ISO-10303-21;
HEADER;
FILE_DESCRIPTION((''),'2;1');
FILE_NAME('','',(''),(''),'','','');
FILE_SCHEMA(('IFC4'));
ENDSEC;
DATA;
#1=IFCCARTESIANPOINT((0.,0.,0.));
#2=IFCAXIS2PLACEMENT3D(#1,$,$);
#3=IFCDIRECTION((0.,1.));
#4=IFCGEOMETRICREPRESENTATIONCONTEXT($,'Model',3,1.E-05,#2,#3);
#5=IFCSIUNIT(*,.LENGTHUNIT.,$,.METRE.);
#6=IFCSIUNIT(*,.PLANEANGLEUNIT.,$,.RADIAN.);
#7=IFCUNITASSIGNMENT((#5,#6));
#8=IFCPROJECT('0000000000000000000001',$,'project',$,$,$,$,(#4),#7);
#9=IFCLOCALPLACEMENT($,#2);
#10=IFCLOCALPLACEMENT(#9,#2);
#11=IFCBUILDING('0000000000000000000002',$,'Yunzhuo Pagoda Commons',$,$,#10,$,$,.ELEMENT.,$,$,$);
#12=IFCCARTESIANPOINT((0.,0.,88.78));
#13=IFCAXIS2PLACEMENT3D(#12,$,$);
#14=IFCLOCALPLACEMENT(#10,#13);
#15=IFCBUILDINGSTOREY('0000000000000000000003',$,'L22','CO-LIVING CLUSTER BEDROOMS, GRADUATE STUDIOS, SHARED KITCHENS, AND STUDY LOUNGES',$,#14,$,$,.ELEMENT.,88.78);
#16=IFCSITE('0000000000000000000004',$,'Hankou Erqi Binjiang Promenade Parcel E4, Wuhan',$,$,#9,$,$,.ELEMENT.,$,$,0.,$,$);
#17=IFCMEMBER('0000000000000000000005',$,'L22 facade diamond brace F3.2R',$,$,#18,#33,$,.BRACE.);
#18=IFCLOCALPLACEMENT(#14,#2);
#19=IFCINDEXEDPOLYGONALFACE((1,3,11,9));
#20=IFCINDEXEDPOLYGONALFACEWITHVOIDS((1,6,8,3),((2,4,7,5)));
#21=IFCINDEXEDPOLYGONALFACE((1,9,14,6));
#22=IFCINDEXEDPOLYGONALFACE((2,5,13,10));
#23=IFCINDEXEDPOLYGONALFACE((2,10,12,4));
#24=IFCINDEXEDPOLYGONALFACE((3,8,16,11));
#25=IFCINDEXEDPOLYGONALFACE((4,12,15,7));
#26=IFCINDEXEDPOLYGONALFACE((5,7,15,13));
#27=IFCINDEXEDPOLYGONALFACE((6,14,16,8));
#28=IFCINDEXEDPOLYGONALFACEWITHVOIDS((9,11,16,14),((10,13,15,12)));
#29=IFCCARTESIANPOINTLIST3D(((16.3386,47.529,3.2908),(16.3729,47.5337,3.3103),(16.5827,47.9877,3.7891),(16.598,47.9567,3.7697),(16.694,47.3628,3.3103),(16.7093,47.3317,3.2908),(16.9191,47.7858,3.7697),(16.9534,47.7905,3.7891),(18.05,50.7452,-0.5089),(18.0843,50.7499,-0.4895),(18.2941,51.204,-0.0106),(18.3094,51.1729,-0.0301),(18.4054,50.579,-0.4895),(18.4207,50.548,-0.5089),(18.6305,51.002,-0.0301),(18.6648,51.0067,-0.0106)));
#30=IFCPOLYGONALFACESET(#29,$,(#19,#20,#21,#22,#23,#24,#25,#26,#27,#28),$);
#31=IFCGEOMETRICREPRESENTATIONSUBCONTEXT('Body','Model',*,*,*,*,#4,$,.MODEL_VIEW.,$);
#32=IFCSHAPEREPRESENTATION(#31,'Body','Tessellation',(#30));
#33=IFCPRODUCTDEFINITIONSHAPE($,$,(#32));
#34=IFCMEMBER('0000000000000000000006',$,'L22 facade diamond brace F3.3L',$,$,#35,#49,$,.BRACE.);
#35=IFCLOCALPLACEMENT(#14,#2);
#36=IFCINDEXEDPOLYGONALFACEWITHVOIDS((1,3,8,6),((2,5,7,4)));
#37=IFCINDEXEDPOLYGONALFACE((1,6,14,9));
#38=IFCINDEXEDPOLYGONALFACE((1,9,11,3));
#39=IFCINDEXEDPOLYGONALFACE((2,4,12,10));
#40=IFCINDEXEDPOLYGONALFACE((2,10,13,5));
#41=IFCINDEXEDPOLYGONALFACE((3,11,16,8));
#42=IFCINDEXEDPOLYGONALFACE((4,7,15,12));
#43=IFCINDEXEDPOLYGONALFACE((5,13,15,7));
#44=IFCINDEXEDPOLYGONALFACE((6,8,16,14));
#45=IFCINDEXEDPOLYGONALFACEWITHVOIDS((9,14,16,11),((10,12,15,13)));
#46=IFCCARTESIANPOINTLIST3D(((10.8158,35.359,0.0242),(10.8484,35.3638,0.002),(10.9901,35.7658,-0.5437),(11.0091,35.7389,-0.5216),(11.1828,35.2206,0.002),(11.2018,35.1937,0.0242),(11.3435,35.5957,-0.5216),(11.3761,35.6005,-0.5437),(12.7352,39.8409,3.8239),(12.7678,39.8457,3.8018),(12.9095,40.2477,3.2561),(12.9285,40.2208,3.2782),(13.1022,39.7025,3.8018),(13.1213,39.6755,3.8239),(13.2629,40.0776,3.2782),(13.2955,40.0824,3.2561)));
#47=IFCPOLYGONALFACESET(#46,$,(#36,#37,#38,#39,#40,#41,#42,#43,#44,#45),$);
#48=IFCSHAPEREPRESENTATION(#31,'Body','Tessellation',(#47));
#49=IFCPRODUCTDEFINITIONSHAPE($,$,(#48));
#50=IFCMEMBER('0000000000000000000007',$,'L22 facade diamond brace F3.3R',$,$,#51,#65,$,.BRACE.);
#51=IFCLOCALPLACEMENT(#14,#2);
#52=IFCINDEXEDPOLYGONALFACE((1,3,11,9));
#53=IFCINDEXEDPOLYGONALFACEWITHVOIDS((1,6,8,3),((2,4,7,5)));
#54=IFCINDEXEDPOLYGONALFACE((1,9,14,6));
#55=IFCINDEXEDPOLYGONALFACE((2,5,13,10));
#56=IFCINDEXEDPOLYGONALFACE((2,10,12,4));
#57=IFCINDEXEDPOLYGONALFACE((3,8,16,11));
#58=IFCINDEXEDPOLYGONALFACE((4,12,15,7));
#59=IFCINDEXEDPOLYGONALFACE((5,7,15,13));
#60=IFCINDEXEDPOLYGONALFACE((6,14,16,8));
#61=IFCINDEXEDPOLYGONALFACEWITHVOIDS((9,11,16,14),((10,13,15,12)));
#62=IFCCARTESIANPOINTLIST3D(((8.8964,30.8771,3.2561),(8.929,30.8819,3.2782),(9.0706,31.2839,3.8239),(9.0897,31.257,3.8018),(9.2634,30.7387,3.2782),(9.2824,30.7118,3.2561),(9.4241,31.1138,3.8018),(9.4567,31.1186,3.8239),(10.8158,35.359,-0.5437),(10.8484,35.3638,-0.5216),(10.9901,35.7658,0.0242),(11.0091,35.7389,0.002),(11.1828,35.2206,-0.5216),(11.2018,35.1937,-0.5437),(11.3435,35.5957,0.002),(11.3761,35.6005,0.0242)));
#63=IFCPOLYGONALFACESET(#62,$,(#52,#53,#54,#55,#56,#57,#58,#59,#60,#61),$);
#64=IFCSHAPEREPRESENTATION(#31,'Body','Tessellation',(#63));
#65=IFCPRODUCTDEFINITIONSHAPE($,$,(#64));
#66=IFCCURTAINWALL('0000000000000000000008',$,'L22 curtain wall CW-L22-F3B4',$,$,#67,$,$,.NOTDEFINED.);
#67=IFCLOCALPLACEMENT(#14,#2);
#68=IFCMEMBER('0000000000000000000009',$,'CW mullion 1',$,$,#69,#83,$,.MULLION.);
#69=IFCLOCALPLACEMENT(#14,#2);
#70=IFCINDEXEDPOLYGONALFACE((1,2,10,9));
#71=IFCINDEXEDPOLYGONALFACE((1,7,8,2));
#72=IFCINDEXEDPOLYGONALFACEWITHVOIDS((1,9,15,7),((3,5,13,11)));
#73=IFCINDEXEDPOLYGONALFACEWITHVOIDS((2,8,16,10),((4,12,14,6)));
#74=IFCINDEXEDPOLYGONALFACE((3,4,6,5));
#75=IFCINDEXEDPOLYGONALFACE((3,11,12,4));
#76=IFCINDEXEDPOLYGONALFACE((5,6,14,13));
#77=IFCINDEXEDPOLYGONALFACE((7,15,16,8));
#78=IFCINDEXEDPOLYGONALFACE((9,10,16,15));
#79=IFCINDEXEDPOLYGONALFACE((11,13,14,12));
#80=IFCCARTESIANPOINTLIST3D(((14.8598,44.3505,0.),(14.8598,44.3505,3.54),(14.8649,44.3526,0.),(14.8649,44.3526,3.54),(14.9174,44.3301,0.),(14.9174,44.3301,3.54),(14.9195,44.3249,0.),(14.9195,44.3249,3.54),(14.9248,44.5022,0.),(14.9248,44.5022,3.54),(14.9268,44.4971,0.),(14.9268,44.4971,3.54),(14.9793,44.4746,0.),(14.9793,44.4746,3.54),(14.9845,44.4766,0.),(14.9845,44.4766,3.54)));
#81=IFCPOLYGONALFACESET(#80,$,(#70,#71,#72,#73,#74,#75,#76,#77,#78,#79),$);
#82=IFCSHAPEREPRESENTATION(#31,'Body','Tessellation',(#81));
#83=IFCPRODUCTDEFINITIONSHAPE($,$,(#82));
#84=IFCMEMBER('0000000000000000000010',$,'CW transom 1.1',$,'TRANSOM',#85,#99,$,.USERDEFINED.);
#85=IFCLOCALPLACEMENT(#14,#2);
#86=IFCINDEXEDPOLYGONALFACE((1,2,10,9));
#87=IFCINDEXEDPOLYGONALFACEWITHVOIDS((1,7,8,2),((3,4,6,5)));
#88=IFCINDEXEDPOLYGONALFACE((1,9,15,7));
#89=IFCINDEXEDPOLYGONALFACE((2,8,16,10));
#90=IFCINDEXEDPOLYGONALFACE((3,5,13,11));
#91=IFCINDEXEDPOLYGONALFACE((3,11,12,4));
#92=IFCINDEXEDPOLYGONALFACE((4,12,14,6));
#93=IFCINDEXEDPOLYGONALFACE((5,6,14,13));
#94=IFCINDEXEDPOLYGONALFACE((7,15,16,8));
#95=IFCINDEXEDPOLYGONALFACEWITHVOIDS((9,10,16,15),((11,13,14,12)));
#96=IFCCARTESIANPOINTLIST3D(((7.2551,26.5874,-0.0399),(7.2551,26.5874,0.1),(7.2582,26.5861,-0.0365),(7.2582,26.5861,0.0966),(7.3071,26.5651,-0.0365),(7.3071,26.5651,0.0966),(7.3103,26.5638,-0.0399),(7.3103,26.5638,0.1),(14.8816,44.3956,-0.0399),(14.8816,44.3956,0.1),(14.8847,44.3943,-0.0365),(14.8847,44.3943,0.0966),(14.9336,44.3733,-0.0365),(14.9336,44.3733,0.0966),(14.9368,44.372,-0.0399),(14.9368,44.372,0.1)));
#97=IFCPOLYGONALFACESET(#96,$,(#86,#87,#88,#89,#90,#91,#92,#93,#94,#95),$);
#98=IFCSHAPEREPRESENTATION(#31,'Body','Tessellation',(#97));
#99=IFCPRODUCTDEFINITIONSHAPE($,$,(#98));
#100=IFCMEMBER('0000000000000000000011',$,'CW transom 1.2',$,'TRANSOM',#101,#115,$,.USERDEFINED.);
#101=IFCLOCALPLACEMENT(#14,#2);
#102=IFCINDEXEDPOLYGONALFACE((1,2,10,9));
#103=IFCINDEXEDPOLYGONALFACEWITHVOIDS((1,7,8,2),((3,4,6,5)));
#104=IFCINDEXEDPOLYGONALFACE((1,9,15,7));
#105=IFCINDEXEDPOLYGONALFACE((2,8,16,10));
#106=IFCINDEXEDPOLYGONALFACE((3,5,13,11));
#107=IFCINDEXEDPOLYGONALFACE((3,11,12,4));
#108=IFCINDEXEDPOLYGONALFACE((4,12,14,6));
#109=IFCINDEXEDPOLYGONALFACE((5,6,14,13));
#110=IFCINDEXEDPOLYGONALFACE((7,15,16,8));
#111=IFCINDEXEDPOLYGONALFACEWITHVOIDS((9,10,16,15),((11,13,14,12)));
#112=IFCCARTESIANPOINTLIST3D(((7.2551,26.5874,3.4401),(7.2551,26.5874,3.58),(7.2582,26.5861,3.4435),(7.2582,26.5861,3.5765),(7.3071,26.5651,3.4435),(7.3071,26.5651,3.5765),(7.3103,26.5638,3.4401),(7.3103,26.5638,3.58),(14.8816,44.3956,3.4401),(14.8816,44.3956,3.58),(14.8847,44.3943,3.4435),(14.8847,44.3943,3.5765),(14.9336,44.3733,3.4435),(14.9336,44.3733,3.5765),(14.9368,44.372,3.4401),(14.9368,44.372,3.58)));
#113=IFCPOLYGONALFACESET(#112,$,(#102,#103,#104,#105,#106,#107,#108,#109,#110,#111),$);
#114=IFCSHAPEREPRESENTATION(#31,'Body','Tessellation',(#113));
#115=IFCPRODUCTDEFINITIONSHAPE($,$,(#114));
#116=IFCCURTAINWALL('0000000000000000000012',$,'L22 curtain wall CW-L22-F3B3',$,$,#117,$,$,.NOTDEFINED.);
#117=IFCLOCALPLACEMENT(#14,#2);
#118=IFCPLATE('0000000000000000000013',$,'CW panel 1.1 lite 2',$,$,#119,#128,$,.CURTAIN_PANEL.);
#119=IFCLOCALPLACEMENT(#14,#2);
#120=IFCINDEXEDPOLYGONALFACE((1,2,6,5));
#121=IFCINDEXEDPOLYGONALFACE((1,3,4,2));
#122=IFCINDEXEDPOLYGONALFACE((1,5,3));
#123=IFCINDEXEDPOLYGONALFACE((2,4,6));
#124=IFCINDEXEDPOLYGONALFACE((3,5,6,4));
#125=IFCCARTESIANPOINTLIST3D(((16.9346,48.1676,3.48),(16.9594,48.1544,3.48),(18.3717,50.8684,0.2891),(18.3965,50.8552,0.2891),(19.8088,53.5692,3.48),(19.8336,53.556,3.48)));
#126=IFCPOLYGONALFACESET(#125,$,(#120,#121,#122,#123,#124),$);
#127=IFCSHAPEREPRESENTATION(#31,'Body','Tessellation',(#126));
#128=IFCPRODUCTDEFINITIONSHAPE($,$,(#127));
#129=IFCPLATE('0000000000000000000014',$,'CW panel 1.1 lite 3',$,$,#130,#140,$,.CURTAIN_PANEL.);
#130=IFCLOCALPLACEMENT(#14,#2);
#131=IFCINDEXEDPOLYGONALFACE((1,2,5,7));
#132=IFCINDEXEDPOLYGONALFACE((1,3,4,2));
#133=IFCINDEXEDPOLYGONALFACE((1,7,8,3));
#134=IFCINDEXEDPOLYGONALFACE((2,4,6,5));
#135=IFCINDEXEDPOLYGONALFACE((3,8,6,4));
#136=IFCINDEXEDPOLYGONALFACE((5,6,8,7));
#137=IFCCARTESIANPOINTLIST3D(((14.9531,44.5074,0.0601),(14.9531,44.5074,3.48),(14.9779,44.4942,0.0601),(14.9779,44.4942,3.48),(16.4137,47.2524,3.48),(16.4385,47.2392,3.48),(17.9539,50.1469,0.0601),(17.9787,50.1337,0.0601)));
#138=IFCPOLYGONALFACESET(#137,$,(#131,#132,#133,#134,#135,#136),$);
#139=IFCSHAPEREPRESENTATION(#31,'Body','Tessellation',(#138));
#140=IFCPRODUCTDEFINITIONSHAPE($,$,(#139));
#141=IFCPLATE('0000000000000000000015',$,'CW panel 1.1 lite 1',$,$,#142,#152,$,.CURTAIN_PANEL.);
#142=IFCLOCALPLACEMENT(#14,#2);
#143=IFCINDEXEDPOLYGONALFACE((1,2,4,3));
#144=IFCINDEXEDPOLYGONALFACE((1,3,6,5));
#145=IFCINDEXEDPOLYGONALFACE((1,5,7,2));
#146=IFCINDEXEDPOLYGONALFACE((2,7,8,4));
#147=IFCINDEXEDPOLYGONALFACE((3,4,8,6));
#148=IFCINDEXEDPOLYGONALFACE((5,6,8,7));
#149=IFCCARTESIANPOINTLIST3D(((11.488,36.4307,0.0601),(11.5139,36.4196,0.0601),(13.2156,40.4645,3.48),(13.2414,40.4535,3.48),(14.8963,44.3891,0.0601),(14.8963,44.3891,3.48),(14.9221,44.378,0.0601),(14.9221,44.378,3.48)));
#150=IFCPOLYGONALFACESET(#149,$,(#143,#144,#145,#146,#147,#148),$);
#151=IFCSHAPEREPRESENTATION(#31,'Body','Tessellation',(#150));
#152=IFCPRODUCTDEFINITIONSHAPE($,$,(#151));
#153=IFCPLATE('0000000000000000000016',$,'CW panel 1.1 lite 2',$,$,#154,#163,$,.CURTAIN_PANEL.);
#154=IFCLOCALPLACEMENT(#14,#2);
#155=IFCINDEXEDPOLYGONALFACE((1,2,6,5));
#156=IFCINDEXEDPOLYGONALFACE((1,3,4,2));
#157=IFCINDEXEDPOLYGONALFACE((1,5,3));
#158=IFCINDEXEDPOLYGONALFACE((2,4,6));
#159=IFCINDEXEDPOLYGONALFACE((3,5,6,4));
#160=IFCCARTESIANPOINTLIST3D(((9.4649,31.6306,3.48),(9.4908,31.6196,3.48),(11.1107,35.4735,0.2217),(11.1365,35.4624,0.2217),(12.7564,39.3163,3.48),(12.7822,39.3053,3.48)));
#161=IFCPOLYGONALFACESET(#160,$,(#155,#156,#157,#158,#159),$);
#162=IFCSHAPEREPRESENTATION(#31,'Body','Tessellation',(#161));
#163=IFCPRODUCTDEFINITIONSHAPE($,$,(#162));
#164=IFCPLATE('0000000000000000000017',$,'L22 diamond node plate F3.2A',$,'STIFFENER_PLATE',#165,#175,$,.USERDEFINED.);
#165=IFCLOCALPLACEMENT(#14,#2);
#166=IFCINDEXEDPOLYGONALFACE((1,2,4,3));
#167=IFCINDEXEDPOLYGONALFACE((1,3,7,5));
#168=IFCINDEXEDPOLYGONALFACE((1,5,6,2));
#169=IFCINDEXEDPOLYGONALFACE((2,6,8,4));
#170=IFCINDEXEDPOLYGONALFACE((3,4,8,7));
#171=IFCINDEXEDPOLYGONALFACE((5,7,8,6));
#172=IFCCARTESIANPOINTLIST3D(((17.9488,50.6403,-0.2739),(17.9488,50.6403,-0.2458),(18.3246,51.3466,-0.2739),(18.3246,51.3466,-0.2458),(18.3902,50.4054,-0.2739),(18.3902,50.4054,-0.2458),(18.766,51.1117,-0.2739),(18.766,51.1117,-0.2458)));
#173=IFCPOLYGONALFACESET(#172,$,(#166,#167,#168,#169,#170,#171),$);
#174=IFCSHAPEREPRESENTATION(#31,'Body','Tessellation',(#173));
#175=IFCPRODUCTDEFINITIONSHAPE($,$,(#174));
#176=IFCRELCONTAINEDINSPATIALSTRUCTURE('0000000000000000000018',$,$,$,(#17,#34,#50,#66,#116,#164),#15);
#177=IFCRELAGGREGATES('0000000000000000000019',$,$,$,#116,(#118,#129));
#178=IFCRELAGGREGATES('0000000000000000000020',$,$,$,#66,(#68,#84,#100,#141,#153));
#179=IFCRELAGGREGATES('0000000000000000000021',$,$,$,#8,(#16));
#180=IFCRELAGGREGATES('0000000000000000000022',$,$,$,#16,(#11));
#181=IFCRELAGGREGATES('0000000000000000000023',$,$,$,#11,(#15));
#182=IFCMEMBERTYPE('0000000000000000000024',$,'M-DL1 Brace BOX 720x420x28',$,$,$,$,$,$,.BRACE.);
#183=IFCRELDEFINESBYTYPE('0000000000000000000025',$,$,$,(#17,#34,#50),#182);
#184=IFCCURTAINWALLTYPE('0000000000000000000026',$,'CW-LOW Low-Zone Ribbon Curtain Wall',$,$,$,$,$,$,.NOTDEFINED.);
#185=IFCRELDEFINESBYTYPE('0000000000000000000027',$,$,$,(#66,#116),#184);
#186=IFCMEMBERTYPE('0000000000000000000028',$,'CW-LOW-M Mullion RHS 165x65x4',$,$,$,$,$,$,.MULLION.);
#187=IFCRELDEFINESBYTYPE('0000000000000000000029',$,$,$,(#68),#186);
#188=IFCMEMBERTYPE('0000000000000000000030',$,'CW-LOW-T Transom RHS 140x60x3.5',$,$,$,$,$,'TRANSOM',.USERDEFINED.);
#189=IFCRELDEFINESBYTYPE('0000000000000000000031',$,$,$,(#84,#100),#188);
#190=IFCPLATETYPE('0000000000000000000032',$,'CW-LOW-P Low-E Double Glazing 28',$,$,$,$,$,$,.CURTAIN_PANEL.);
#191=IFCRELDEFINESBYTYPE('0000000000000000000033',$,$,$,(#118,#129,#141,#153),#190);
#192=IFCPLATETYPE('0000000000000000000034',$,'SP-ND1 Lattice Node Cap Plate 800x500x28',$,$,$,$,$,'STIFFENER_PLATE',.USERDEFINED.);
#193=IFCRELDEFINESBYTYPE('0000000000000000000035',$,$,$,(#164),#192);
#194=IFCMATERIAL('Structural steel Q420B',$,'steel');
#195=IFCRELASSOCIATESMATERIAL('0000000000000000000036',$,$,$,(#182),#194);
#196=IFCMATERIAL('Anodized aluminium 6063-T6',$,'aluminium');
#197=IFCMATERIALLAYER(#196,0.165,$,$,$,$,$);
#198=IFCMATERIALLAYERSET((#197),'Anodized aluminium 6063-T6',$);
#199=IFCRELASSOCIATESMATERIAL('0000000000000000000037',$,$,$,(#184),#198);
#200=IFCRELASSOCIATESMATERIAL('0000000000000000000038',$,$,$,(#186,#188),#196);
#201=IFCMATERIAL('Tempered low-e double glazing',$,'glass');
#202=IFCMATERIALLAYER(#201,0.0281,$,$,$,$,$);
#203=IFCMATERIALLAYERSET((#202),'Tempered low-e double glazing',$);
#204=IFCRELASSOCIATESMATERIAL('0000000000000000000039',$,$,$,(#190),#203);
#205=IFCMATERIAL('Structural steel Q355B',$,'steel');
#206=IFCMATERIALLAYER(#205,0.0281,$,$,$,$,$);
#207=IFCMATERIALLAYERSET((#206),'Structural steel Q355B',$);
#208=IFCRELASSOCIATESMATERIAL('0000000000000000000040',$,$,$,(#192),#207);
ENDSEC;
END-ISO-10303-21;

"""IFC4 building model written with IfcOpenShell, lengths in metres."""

from ifc_helpers import new_model, si_unit, direction, frame, origin, origin_2d, place, context, subcontext, project, spatial, polyline, rectangle, hollow_rectangle, outline, extrude, source, transform, mapped, material, layer, layer_set, material_profile, profile_set, type_object, element, aggregate, save


model = new_model("IFC4")

# Units and contexts
model_context = context("Model", 3, precision=1e-05, world=origin(), true_north=direction((0.0, 1.0)))
body_context = subcontext(model_context, "Body", "Model", "MODEL_VIEW")
ifc_project = project(units=[si_unit("LENGTHUNIT", "METRE"), si_unit("PLANEANGLEUNIT", "RADIAN")], contexts=[model_context])

# Site, building, storey
site_placement = place(None, origin())
site = spatial("IfcSite", under=ifc_project, at=site_placement, Name="Hankou Erqi Binjiang Promenade Parcel E4, Wuhan", CompositionType="ELEMENT", RefElevation=0.0)
building_placement = place(site_placement, origin())
building = spatial("IfcBuilding", under=site, at=building_placement, Name="Yunzhuo Pagoda Commons", CompositionType="ELEMENT")
storey_placement = place(building_placement, frame((0.0, 0.0, 88.78)))
storey = spatial("IfcBuildingStorey", under=building, at=storey_placement, Name="L22", Description="CO-LIVING CLUSTER BEDROOMS, GRADUATE STUDIOS, SHARED KITCHENS, AND STUDY LOUNGES", CompositionType="ELEMENT", Elevation=88.78)

# Shared definitions
ifc_material_1 = material(Name="Structural steel Q420B", Category="steel")

# Shared definitions
ifc_material_2 = material(Name="Structural steel Q355B", Category="steel")

# Members
ifc_material_profile_1 = material_profile(ifc_material_1, hollow_rectangle(XDim=0.4199, YDim=0.72, WallThickness=0.0281, at=origin_2d()), Name="Structural steel Q420B")
ifc_profile_set_1 = profile_set([ifc_material_profile_1], Name="Structural steel Q420B")
member_type_1 = type_object("IfcMemberType", Name="M-DL1 Brace BOX 720x420x28", PredefinedType="BRACE", material=ifc_profile_set_1)
shared_shape_1 = source(origin(), body_context, "Body", "SweptSolid", [
    extrude(hollow_rectangle(XDim=0.4199, YDim=0.72, WallThickness=0.0281, at=origin_2d()), origin(), (0.0, 0.0, 1.0), 5.2642),
])
for number, where, z_axis, x_axis, name in (
    (1, (18.3574, 50.876, -0.2598), (-0.325105, -0.610974, 0.721816), (0.882801, -0.469746, 0.0), "L22 facade diamond brace F3.2R"),
):
    element("IfcMember", number, at=place(storey_placement, frame(where, z_axis=z_axis, x_axis=x_axis)), inside=storey, type_object=member_type_1, Name=name, PredefinedType="BRACE", context=body_context, shape_type="MappedRepresentation", body=[
        mapped(shared_shape_1, transform((0.0, 0.0, 0.0), scale=1.0)),
    ])
shared_shape_2 = source(origin(), body_context, "Body", "SweptSolid", [
    extrude(hollow_rectangle(XDim=0.4199, YDim=0.72, WallThickness=0.0281, at=origin_2d()), origin(), (0.0, 0.0, 1.0), 6.1814),
])
for number, where, z_axis, x_axis, name in (
    (2, (11.0959, 35.4797, -0.2598), (0.310515, 0.72506, 0.61471), (-0.919249, 0.393678, 0.0), "L22 facade diamond brace F3.3L"),
    (3, (11.0959, 35.4797, -0.2598), (-0.310515, -0.72506, 0.61471), (0.919249, -0.393678, 0.0), "L22 facade diamond brace F3.3R"),
):
    element("IfcMember", number, at=place(storey_placement, frame(where, z_axis=z_axis, x_axis=x_axis)), inside=storey, type_object=member_type_1, Name=name, PredefinedType="BRACE", context=body_context, shape_type="MappedRepresentation", body=[
        mapped(shared_shape_2, transform((0.0, 0.0, 0.0), scale=1.0)),
    ])

# Curtain wall, members
ifc_material_3 = material(Name="Anodized aluminium 6063-T6", Category="aluminium")
ifc_layer_1 = layer(ifc_material_3, 0.165)
ifc_layer_set_1 = layer_set([ifc_layer_1], Name="Anodized aluminium 6063-T6")
curtain_wall_type = type_object("IfcCurtainWallType", Name="CW-LOW Low-Zone Ribbon Curtain Wall", PredefinedType="NOTDEFINED", material=ifc_layer_set_1)
curtain_wall_1_placement = place(storey_placement, origin())
curtain_wall_1 = element("IfcCurtainWall", 4, at=curtain_wall_1_placement, inside=storey, type_object=curtain_wall_type, Name="L22 curtain wall CW-L22-F3B4", PredefinedType="NOTDEFINED")
ifc_material_profile_2 = material_profile(ifc_material_3, hollow_rectangle(XDim=0.0649, YDim=0.165, WallThickness=0.0039, at=origin_2d()), Name="Anodized aluminium 6063-T6")
ifc_profile_set_2 = profile_set([ifc_material_profile_2], Name="Anodized aluminium 6063-T6")
member_type_2 = type_object("IfcMemberType", Name="CW-LOW-M Mullion RHS 165x65x4", PredefinedType="MULLION", material=ifc_profile_set_2)
shared_shape_3 = source(origin(), body_context, "Body", "SweptSolid", [
    extrude(hollow_rectangle(XDim=0.0649, YDim=0.165, WallThickness=0.0039, at=origin_2d()), origin(), (0.0, 0.0, 1.0), 3.54),
])
member_1_placement = place(storey_placement, frame((14.9221, 44.4136, 0.0), z_axis=(0.0, 0.0, 1.0), x_axis=(0.91925, -0.393674, 0.0)))
member_1 = element("IfcMember", 5, at=member_1_placement, type_object=member_type_2, Name="CW mullion 1", PredefinedType="MULLION", context=body_context, shape_type="MappedRepresentation", body=[
    mapped(shared_shape_3, transform((0.0, 0.0, 0.0), scale=1.0)),
])
ifc_material_profile_3 = material_profile(ifc_material_3, hollow_rectangle(XDim=0.0601, YDim=0.1399, WallThickness=0.0034, at=origin_2d()), Name="Anodized aluminium 6063-T6")
ifc_profile_set_3 = profile_set([ifc_material_profile_3], Name="Anodized aluminium 6063-T6")
member_type_3 = type_object("IfcMemberType", Name="CW-LOW-T Transom RHS 140x60x3.5", ElementType="TRANSOM", PredefinedType="USERDEFINED", material=ifc_profile_set_3)
shared_shape_4 = source(origin(), body_context, "Body", "SweptSolid", [
    extrude(hollow_rectangle(XDim=0.0601, YDim=0.1399, WallThickness=0.0034, at=origin_2d()), origin(), (0.0, 0.0, 1.0), 19.3726),
])
member_2_placement = place(storey_placement, frame((14.9092, 44.3838, 0.03), z_axis=(-0.393676, -0.919249, 0.0), x_axis=(0.919249, -0.393676, 0.0)))
member_2 = element("IfcMember", 6, at=member_2_placement, type_object=member_type_3, Name="CW transom 1.1", ObjectType="TRANSOM", PredefinedType="USERDEFINED", context=body_context, shape_type="MappedRepresentation", body=[
    mapped(shared_shape_4, transform((0.0, 0.0, 0.0), scale=1.0)),
])
member_3_placement = place(storey_placement, frame((14.9092, 44.3838, 3.51), z_axis=(-0.393676, -0.919249, 0.0), x_axis=(0.919249, -0.393676, 0.0)))
member_3 = element("IfcMember", 7, at=member_3_placement, type_object=member_type_3, Name="CW transom 1.2", ObjectType="TRANSOM", PredefinedType="USERDEFINED", context=body_context, shape_type="MappedRepresentation", body=[
    mapped(shared_shape_4, transform((0.0, 0.0, 0.0), scale=1.0)),
])

# Curtain wall, plates
curtain_wall_2_placement = place(storey_placement, origin())
curtain_wall_2 = element("IfcCurtainWall", 8, at=curtain_wall_2_placement, inside=storey, type_object=curtain_wall_type, Name="L22 curtain wall CW-L22-F3B3", PredefinedType="NOTDEFINED")
ifc_material_4 = material(Name="Tempered low-e double glazing", Category="glass")
ifc_layer_2 = layer(ifc_material_4, 0.0281)
ifc_layer_set_2 = layer_set([ifc_layer_2], Name="Tempered low-e double glazing")
plate_type_1 = type_object("IfcPlateType", Name="CW-LOW-P Low-E Double Glazing 28", PredefinedType="CURTAIN_PANEL", material=ifc_layer_set_2)
plate_1_placement = place(storey_placement, frame((18.3965, 50.8552, 1.8845), z_axis=(-0.882805, 0.46974, 0.0), x_axis=(-0.46974, -0.882805, 0.0)))
plate_1 = element("IfcPlate", 9, at=plate_1_placement, type_object=plate_type_1, Name="CW panel 1.1 lite 2", PredefinedType="CURTAIN_PANEL", context=body_context, shape_type="SweptSolid", body=[
    extrude(outline(polyline([(-3.0593, 1.5955), (0.0, -1.5955), (3.0593, 1.5955), (-3.0593, 1.5955)])), origin(), (0.0, 0.0, 1.0), 0.0281),
])
plate_2_placement = place(storey_placement, frame((16.4783, 47.314, 1.77), z_axis=(-0.882805, 0.46974, 0.0), x_axis=(-0.46974, -0.882805, 0.0)))
plate_2 = element("IfcPlate", 10, at=plate_2_placement, type_object=plate_type_1, Name="CW panel 1.1 lite 3", PredefinedType="CURTAIN_PANEL", context=body_context, shape_type="SweptSolid", body=[
    extrude(outline(polyline([(-3.1941, -1.71), (3.1941, -1.71), (3.1941, 1.71), (0.0847, 1.71), (-3.1941, -1.71)])), origin(), (0.0, 0.0, 1.0), 0.0281),
])
aggregate(curtain_wall_2, [plate_1, plate_2])

# Plates
plate_3_placement = place(storey_placement, frame((13.218, 40.3989, 1.77), z_axis=(-0.91925, 0.393674, 0.0), x_axis=(-0.393674, -0.91925, 0.0)))
plate_3 = element("IfcPlate", 11, at=plate_3_placement, type_object=plate_type_1, Name="CW panel 1.1 lite 1", PredefinedType="CURTAIN_PANEL", context=body_context, shape_type="SweptSolid", body=[
    extrude(outline(polyline([(-4.3286, -1.71), (4.3289, -1.71), (-0.0593, 1.71), (-4.3286, 1.71), (-4.3286, -1.71)])), origin(), (0.0, 0.0, 1.0), 0.0281),
])
plate_4_placement = place(storey_placement, frame((11.1365, 35.4624, 1.8508), z_axis=(-0.91925, 0.393674, 0.0), x_axis=(-0.393674, -0.91925, 0.0)))
plate_4 = element("IfcPlate", 12, at=plate_4_placement, type_object=plate_type_1, Name="CW panel 1.1 lite 2", PredefinedType="CURTAIN_PANEL", context=body_context, shape_type="SweptSolid", body=[
    extrude(outline(polyline([(-4.1804, 1.6292), (0.0, -1.6292), (4.1804, 1.6292), (-4.1804, 1.6292)])), origin(), (0.0, 0.0, 1.0), 0.0281),
])
aggregate(curtain_wall_1, [member_1, member_2, member_3, plate_3, plate_4])

# Plate
ifc_layer_3 = layer(ifc_material_2, 0.0281)
ifc_layer_set_3 = layer_set([ifc_layer_3], Name="Structural steel Q355B")
plate_type_2 = type_object("IfcPlateType", Name="SP-ND1 Lattice Node Cap Plate 800x500x28", ElementType="STIFFENER_PLATE", PredefinedType="USERDEFINED", material=ifc_layer_set_3)
shared_shape_5 = source(origin(), body_context, "Body", "SweptSolid", [
    extrude(rectangle(XDim=0.8, YDim=0.5, at=origin_2d()), origin(), (0.0, 0.0, 1.0), 0.0281),
])
for number, where, z_axis, x_axis, name in (
    (13, (18.3574, 50.876, -0.2739), (0.0, 0.0, 1.0), (-0.469734, -0.882808, 0.0), "L22 diamond node plate F3.2A"),
):
    element("IfcPlate", number, at=place(storey_placement, frame(where, z_axis=z_axis, x_axis=x_axis)), inside=storey, type_object=plate_type_2, Name=name, ObjectType="STIFFENER_PLATE", PredefinedType="USERDEFINED", context=body_context, shape_type="MappedRepresentation", body=[
        mapped(shared_shape_5, transform((0.0, 0.0, 0.0), scale=1.0)),
    ])

save(model, "model.ifc")
